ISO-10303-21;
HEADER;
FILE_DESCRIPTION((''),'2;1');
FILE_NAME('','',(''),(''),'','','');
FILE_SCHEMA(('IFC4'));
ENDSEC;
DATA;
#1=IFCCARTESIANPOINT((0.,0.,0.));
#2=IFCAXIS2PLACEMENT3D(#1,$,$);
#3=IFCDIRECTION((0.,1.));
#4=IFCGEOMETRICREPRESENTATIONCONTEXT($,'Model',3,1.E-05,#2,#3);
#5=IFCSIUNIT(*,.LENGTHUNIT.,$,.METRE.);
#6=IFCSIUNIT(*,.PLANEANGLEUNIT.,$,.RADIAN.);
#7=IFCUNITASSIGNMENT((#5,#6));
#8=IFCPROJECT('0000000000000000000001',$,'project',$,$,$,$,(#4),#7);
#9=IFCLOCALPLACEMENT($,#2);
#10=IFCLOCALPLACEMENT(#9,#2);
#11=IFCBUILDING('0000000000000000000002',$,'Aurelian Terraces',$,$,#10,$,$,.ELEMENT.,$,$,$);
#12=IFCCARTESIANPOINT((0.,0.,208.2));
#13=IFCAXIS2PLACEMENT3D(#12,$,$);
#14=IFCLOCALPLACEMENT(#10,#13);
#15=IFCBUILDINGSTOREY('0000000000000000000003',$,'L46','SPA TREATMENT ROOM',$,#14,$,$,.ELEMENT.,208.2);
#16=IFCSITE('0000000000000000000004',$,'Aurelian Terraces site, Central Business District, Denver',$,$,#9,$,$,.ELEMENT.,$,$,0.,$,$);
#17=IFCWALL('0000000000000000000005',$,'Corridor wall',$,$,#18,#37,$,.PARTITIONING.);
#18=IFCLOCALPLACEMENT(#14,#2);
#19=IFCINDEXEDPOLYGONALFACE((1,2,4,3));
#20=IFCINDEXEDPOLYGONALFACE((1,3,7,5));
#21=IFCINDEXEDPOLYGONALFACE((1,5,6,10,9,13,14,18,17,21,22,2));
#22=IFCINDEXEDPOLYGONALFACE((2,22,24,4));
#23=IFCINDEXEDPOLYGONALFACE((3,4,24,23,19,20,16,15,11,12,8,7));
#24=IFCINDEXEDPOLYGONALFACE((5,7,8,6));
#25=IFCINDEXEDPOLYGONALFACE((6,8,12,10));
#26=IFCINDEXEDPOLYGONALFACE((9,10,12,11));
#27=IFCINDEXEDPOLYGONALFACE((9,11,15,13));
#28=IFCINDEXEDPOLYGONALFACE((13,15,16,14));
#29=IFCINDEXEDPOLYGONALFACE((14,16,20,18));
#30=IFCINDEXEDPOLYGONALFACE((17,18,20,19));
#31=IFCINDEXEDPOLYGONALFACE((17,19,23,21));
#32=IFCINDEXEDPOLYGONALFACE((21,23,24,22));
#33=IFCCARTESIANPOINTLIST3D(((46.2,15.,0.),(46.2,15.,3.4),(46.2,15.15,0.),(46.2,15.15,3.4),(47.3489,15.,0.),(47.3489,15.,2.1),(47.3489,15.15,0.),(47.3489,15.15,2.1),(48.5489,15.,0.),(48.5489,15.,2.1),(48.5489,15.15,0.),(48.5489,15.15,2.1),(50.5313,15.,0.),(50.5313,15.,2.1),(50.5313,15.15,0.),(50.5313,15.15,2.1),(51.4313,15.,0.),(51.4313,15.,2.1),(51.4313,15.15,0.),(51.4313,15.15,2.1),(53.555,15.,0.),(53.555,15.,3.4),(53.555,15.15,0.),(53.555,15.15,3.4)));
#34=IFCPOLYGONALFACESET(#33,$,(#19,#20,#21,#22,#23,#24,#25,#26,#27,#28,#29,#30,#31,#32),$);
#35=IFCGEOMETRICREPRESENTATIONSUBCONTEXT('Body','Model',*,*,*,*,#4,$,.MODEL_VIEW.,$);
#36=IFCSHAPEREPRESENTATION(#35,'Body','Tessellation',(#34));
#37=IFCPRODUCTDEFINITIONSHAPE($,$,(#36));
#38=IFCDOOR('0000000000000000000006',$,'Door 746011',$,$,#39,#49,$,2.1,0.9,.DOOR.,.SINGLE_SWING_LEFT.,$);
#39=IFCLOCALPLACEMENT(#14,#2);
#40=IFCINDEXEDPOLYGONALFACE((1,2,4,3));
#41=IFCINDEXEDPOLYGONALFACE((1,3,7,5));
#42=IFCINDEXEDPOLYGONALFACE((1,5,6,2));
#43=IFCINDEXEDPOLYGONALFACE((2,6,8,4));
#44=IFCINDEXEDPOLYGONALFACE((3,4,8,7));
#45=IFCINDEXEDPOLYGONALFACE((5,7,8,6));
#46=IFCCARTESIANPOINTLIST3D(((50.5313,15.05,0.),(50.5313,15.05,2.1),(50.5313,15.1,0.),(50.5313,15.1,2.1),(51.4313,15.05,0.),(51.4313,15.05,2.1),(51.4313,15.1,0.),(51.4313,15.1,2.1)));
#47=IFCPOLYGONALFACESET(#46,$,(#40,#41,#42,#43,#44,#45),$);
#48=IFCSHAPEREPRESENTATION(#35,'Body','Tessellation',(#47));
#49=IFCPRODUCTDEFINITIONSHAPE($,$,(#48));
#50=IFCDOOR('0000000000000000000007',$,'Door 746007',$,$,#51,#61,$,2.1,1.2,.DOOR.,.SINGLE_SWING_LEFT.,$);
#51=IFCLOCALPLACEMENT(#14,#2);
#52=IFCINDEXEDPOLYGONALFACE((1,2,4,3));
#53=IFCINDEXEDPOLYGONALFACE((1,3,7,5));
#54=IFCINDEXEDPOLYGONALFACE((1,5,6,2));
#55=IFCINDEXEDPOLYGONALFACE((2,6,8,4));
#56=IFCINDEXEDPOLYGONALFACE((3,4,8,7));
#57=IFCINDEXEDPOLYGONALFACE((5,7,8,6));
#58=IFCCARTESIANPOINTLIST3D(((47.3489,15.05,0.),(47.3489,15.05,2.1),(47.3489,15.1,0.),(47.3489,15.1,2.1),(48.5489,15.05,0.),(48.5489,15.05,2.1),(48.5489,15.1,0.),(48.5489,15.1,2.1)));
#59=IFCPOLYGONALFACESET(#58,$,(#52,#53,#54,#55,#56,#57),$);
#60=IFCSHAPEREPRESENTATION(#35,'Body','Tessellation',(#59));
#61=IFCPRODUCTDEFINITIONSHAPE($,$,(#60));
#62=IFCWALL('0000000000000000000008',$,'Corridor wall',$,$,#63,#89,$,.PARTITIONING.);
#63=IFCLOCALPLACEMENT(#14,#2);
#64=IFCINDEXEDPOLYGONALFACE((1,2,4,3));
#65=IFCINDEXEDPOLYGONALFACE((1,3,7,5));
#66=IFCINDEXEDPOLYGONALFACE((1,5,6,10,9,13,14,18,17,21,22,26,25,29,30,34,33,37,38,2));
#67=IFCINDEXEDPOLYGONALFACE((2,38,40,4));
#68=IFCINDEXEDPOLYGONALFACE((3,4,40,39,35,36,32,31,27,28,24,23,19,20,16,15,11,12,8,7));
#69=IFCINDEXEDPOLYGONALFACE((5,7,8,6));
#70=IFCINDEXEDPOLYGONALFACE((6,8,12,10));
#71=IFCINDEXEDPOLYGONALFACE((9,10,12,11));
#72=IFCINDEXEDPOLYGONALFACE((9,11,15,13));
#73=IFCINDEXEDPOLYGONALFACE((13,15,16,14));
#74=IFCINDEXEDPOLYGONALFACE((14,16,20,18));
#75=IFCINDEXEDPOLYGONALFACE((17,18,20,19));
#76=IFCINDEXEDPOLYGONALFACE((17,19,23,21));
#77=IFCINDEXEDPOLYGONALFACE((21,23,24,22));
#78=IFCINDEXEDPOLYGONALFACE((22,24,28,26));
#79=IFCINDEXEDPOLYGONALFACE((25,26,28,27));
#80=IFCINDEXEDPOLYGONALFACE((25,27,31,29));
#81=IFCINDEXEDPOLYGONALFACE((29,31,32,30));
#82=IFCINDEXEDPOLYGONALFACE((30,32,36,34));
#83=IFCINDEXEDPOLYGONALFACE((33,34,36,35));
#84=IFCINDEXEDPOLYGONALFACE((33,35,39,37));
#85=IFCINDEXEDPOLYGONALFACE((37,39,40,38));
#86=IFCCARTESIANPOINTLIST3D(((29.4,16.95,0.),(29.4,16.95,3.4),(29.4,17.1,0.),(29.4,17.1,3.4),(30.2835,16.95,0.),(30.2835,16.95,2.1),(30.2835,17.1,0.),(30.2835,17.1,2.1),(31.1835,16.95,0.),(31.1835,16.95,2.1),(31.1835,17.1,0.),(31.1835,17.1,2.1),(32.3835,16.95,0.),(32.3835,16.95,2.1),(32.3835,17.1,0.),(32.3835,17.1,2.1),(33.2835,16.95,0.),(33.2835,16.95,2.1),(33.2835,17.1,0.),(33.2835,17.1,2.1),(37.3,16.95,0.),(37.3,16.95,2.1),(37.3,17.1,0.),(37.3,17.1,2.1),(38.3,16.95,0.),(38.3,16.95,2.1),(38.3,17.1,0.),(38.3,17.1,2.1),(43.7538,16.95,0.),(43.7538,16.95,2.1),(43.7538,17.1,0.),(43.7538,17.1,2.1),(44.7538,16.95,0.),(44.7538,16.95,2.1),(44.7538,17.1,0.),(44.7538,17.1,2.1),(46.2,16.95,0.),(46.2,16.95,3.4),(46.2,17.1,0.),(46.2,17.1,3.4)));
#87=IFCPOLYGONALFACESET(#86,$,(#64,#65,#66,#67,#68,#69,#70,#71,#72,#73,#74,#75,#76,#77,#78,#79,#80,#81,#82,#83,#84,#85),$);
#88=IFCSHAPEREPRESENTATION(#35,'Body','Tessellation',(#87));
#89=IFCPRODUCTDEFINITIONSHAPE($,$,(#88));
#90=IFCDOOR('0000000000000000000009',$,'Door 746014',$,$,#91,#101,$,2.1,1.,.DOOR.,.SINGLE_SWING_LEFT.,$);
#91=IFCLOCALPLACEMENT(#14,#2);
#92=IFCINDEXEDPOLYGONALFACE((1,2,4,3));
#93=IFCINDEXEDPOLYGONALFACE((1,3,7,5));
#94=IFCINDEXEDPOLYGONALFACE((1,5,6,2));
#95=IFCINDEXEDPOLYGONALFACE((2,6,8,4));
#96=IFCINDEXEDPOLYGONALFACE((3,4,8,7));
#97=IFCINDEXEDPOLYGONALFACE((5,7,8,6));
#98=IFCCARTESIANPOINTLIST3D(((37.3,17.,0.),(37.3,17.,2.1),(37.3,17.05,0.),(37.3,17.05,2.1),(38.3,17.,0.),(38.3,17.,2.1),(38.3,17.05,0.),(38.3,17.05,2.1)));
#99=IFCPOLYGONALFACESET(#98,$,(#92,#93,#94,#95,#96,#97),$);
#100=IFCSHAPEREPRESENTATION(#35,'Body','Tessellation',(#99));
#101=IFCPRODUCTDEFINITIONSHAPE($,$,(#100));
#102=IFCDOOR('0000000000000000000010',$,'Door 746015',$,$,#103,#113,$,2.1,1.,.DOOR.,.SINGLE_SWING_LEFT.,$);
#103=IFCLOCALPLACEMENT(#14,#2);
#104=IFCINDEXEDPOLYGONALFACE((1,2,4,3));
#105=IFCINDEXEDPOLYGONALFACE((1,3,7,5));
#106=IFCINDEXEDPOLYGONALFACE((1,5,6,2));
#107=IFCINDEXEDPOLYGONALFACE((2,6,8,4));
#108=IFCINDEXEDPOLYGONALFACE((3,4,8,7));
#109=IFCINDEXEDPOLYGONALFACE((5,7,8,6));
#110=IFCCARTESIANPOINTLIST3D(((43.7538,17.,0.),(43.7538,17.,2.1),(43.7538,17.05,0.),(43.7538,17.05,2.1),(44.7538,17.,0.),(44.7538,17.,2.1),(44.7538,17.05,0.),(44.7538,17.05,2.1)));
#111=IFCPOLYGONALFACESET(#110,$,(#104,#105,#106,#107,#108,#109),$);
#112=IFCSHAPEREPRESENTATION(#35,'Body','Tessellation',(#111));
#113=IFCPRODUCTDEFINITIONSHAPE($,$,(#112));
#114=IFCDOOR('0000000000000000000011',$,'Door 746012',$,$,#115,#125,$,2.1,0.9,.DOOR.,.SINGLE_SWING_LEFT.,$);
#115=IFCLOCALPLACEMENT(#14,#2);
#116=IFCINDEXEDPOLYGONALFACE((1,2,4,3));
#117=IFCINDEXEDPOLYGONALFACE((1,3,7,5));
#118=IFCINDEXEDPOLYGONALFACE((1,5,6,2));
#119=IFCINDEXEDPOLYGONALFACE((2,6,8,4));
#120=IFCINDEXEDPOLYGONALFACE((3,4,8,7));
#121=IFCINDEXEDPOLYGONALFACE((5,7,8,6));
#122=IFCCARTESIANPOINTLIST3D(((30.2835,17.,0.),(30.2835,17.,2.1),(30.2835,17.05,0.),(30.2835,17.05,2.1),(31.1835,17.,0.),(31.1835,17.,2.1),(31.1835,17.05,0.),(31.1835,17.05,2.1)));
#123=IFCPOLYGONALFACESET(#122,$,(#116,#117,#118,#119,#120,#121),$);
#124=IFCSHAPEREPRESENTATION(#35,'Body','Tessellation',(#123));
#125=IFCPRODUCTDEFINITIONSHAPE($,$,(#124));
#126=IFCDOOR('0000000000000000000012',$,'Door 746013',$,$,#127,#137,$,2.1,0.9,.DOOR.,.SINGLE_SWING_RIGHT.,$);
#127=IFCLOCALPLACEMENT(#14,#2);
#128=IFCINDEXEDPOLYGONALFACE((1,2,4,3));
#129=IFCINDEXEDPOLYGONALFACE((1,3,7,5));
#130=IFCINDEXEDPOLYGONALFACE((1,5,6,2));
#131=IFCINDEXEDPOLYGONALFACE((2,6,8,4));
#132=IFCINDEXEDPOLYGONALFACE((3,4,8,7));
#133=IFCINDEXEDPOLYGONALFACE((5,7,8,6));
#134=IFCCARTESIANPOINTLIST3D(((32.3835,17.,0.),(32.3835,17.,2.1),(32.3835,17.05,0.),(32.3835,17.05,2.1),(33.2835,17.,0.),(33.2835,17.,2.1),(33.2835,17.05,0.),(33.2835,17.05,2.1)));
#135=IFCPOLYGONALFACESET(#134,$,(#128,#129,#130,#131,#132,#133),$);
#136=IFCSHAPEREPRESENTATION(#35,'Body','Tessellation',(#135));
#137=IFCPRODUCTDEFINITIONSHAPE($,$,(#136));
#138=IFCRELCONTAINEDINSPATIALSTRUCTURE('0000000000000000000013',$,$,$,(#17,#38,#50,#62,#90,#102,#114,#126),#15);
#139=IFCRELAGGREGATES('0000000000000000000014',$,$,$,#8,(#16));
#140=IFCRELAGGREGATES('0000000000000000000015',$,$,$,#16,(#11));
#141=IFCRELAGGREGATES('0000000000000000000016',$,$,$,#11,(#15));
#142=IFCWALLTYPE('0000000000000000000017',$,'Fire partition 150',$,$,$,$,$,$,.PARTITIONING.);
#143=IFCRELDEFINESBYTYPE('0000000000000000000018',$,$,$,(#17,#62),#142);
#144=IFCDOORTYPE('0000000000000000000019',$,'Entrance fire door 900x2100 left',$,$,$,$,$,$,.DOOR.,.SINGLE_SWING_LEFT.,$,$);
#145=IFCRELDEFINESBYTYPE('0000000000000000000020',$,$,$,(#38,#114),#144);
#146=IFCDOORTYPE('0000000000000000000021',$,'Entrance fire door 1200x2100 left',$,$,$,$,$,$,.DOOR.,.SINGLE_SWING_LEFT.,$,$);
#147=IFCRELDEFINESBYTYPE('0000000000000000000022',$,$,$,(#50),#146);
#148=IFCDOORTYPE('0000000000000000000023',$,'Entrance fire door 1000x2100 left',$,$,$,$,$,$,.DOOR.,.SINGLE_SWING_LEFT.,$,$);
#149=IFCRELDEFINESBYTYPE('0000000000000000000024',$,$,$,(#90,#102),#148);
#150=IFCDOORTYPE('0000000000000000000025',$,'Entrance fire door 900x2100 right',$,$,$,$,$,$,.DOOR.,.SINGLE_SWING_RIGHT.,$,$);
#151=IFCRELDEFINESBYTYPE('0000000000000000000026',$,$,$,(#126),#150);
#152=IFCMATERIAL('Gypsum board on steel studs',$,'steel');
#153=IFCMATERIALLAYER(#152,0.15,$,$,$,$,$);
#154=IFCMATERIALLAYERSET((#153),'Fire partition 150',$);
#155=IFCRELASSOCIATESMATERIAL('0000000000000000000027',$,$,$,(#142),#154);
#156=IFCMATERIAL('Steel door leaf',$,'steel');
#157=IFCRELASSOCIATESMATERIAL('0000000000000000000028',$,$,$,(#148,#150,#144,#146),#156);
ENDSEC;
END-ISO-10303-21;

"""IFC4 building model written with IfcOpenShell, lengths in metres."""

from ifc_helpers import new_model, si_unit, direction, frame, frame_2d, origin, place, context, subcontext, project, spatial, rectangle, extrude, source, transform, mapped, material, layer, layer_set, type_object, element, fill, save


model = new_model("IFC4")

# Units and contexts
model_context = context("Model", 3, precision=1e-05, world=origin(), true_north=direction((0.0, 1.0)))
body_context = subcontext(model_context, "Body", "Model", "MODEL_VIEW")
ifc_project = project(units=[si_unit("LENGTHUNIT", "METRE"), si_unit("PLANEANGLEUNIT", "RADIAN")], contexts=[model_context])

# Site, building, storey
site_placement = place(None, origin())
site = spatial("IfcSite", under=ifc_project, at=site_placement, Name="Aurelian Terraces site, Central Business District, Denver", CompositionType="ELEMENT", RefElevation=0.0)
building_placement = place(site_placement, origin())
building = spatial("IfcBuilding", under=site, at=building_placement, Name="Aurelian Terraces", CompositionType="ELEMENT")
storey_placement = place(building_placement, frame((0.0, 0.0, 208.2)))
storey = spatial("IfcBuildingStorey", under=building, at=storey_placement, Name="L46", Description="SPA TREATMENT ROOM", CompositionType="ELEMENT", Elevation=208.2)

# Shared definitions
ifc_material_1 = material(Name="Gypsum board on steel studs", Category="steel")
ifc_layer_1 = layer(ifc_material_1, 0.15)
ifc_layer_set_1 = layer_set([ifc_layer_1], Name="Fire partition 150")
wall_type_1 = type_object("IfcWallType", Name="Fire partition 150", PredefinedType="PARTITIONING", material=ifc_layer_set_1)
shared_shape_1 = source(origin(), body_context, "Body", "SweptSolid", [
    extrude(rectangle(XDim=0.9, YDim=2.1, at=frame_2d((0.45, 1.05))), frame((0.0, 0.085, 0.0), z_axis=(0.0, -1.0, 0.0), x_axis=(1.0, 0.0, 0.0)), (0.0, 0.0, 1.0), 0.17),
])
shared_shape_2 = source(origin(), body_context, "Body", "SweptSolid", [
    extrude(rectangle(XDim=0.9, YDim=2.1, at=frame_2d((0.45, 1.05))), frame((0.0, 0.025, 0.0), z_axis=(0.0, -1.0, 0.0), x_axis=(1.0, 0.0, 0.0)), (0.0, 0.0, 1.0), 0.05),
])

# Shared definitions
shared_shape_3 = source(origin(), body_context, "Body", "SweptSolid", [
    extrude(rectangle(XDim=1.0, YDim=2.1, at=frame_2d((0.5, 1.05))), frame((0.0, 0.085, 0.0), z_axis=(0.0, -1.0, 0.0), x_axis=(1.0, 0.0, 0.0)), (0.0, 0.0, 1.0), 0.17),
])
ifc_material_2 = material(Name="Steel door leaf", Category="steel")
door_type_1 = type_object("IfcDoorType", Name="Entrance fire door 1000x2100 left", OperationType="SINGLE_SWING_LEFT", PredefinedType="DOOR", material=ifc_material_2)
shared_shape_4 = source(origin(), body_context, "Body", "SweptSolid", [
    extrude(rectangle(XDim=1.0, YDim=2.1, at=frame_2d((0.5, 1.05))), frame((0.0, 0.025, 0.0), z_axis=(0.0, -1.0, 0.0), x_axis=(1.0, 0.0, 0.0)), (0.0, 0.0, 1.0), 0.05),
])
door_type_2 = type_object("IfcDoorType", Name="Entrance fire door 900x2100 right", OperationType="SINGLE_SWING_RIGHT", PredefinedType="DOOR", material=ifc_material_2)

# Walls, openings, doors
shared_shape_5 = source(origin(), body_context, "Body", "SweptSolid", [
    extrude(rectangle(XDim=7.355, YDim=0.15, at=frame_2d((3.6775, 0.0))), origin(), (0.0, 0.0, 1.0), 3.4),
])
wall_1_placement = place(storey_placement, frame((53.555, 15.075, 0.0), z_axis=(0.0, 0.0, 1.0), x_axis=(-1.0, 0.0, 0.0)))
wall_1 = element("IfcWall", 1, at=wall_1_placement, inside=storey, type_object=wall_type_1, Name="Corridor wall", PredefinedType="PARTITIONING", context=body_context, shape_type="MappedRepresentation", body=[
    mapped(shared_shape_5, transform((0.0, 0.0, 0.0), scale=1.0)),
])
shared_shape_6 = source(origin(), body_context, "Body", "SweptSolid", [
    extrude(rectangle(XDim=1.2, YDim=2.1, at=frame_2d((0.6, 1.05))), frame((0.0, 0.085, 0.0), z_axis=(0.0, -1.0, 0.0), x_axis=(1.0, 0.0, 0.0)), (0.0, 0.0, 1.0), 0.17),
])
opening_1_placement = place(wall_1_placement, frame((5.0061, 0.0, 0.0)))
opening_1 = element("IfcOpeningElement", 2, at=opening_1_placement, cuts=wall_1, PredefinedType="OPENING", context=body_context, shape_type="MappedRepresentation", body=[
    mapped(shared_shape_6, transform((0.0, 0.0, 0.0), scale=1.0)),
])
opening_2_placement = place(wall_1_placement, frame((2.1237, 0.0, 0.0)))
opening_2 = element("IfcOpeningElement", 3, at=opening_2_placement, cuts=wall_1, PredefinedType="OPENING", context=body_context, shape_type="MappedRepresentation", body=[
    mapped(shared_shape_1, transform((0.0, 0.0, 0.0), scale=1.0)),
])
door_type_3 = type_object("IfcDoorType", Name="Entrance fire door 900x2100 left", OperationType="SINGLE_SWING_LEFT", PredefinedType="DOOR", material=ifc_material_2)
door_1_placement = place(opening_2_placement, origin())
door_1 = element("IfcDoor", 4, at=door_1_placement, inside=storey, type_object=door_type_3, Name="Door 746011", OperationType="SINGLE_SWING_LEFT", OverallHeight=2.1, OverallWidth=0.9, PredefinedType="DOOR", context=body_context, shape_type="MappedRepresentation", body=[
    mapped(shared_shape_2, transform((0.0, 0.0, 0.0), scale=1.0)),
])
fill(opening_2, door_1)
door_type_4 = type_object("IfcDoorType", Name="Entrance fire door 1200x2100 left", OperationType="SINGLE_SWING_LEFT", PredefinedType="DOOR", material=ifc_material_2)
shared_shape_7 = source(origin(), body_context, "Body", "SweptSolid", [
    extrude(rectangle(XDim=1.2, YDim=2.1, at=frame_2d((0.6, 1.05))), frame((0.0, 0.025, 0.0), z_axis=(0.0, -1.0, 0.0), x_axis=(1.0, 0.0, 0.0)), (0.0, 0.0, 1.0), 0.05),
])
door_2_placement = place(opening_1_placement, origin())
door_2 = element("IfcDoor", 5, at=door_2_placement, inside=storey, type_object=door_type_4, Name="Door 746007", OperationType="SINGLE_SWING_LEFT", OverallHeight=2.1, OverallWidth=1.2, PredefinedType="DOOR", context=body_context, shape_type="MappedRepresentation", body=[
    mapped(shared_shape_7, transform((0.0, 0.0, 0.0), scale=1.0)),
])
fill(opening_1, door_2)
shared_shape_8 = source(origin(), body_context, "Body", "SweptSolid", [
    extrude(rectangle(XDim=16.8, YDim=0.15, at=frame_2d((8.4, 0.0))), origin(), (0.0, 0.0, 1.0), 3.4),
])
wall_2_placement = place(storey_placement, frame((29.4, 17.025, 0.0), z_axis=(0.0, 0.0, 1.0), x_axis=(1.0, 0.0, 0.0)))
wall_2 = element("IfcWall", 6, at=wall_2_placement, inside=storey, type_object=wall_type_1, Name="Corridor wall", PredefinedType="PARTITIONING", context=body_context, shape_type="MappedRepresentation", body=[
    mapped(shared_shape_8, transform((0.0, 0.0, 0.0), scale=1.0)),
])
opening_3_placement = place(wall_2_placement, frame((0.8835, 0.0, 0.0)))
opening_3 = element("IfcOpeningElement", 7, at=opening_3_placement, cuts=wall_2, PredefinedType="OPENING", context=body_context, shape_type="MappedRepresentation", body=[
    mapped(shared_shape_1, transform((0.0, 0.0, 0.0), scale=1.0)),
])
opening_4_placement = place(wall_2_placement, frame((2.9835, 0.0, 0.0)))
opening_4 = element("IfcOpeningElement", 8, at=opening_4_placement, cuts=wall_2, PredefinedType="OPENING", context=body_context, shape_type="MappedRepresentation", body=[
    mapped(shared_shape_1, transform((0.0, 0.0, 0.0), scale=1.0)),
])
opening_5_placement = place(wall_2_placement, frame((7.9, 0.0, 0.0)))
opening_5 = element("IfcOpeningElement", 9, at=opening_5_placement, cuts=wall_2, PredefinedType="OPENING", context=body_context, shape_type="MappedRepresentation", body=[
    mapped(shared_shape_3, transform((0.0, 0.0, 0.0), scale=1.0)),
])
opening_6_placement = place(wall_2_placement, frame((14.3538, 0.0, 0.0)))
opening_6 = element("IfcOpeningElement", 10, at=opening_6_placement, cuts=wall_2, PredefinedType="OPENING", context=body_context, shape_type="MappedRepresentation", body=[
    mapped(shared_shape_3, transform((0.0, 0.0, 0.0), scale=1.0)),
])
door_3_placement = place(opening_5_placement, origin())
door_3 = element("IfcDoor", 11, at=door_3_placement, inside=storey, type_object=door_type_1, Name="Door 746014", OperationType="SINGLE_SWING_LEFT", OverallHeight=2.1, OverallWidth=1.0, PredefinedType="DOOR", context=body_context, shape_type="MappedRepresentation", body=[
    mapped(shared_shape_4, transform((0.0, 0.0, 0.0), scale=1.0)),
])
fill(opening_5, door_3)
door_4_placement = place(opening_6_placement, origin())
door_4 = element("IfcDoor", 12, at=door_4_placement, inside=storey, type_object=door_type_1, Name="Door 746015", OperationType="SINGLE_SWING_LEFT", OverallHeight=2.1, OverallWidth=1.0, PredefinedType="DOOR", context=body_context, shape_type="MappedRepresentation", body=[
    mapped(shared_shape_4, transform((0.0, 0.0, 0.0), scale=1.0)),
])
fill(opening_6, door_4)
door_5_placement = place(opening_3_placement, origin())
door_5 = element("IfcDoor", 13, at=door_5_placement, inside=storey, type_object=door_type_3, Name="Door 746012", OperationType="SINGLE_SWING_LEFT", OverallHeight=2.1, OverallWidth=0.9, PredefinedType="DOOR", context=body_context, shape_type="MappedRepresentation", body=[
    mapped(shared_shape_2, transform((0.0, 0.0, 0.0), scale=1.0)),
])
fill(opening_3, door_5)
door_6_placement = place(opening_4_placement, origin())
door_6 = element("IfcDoor", 14, at=door_6_placement, inside=storey, type_object=door_type_2, Name="Door 746013", OperationType="SINGLE_SWING_RIGHT", OverallHeight=2.1, OverallWidth=0.9, PredefinedType="DOOR", context=body_context, shape_type="MappedRepresentation", body=[
    mapped(shared_shape_2, transform((0.0, 0.0, 0.0), scale=1.0)),
])
fill(opening_4, door_6)

save(model, "model.ifc")
